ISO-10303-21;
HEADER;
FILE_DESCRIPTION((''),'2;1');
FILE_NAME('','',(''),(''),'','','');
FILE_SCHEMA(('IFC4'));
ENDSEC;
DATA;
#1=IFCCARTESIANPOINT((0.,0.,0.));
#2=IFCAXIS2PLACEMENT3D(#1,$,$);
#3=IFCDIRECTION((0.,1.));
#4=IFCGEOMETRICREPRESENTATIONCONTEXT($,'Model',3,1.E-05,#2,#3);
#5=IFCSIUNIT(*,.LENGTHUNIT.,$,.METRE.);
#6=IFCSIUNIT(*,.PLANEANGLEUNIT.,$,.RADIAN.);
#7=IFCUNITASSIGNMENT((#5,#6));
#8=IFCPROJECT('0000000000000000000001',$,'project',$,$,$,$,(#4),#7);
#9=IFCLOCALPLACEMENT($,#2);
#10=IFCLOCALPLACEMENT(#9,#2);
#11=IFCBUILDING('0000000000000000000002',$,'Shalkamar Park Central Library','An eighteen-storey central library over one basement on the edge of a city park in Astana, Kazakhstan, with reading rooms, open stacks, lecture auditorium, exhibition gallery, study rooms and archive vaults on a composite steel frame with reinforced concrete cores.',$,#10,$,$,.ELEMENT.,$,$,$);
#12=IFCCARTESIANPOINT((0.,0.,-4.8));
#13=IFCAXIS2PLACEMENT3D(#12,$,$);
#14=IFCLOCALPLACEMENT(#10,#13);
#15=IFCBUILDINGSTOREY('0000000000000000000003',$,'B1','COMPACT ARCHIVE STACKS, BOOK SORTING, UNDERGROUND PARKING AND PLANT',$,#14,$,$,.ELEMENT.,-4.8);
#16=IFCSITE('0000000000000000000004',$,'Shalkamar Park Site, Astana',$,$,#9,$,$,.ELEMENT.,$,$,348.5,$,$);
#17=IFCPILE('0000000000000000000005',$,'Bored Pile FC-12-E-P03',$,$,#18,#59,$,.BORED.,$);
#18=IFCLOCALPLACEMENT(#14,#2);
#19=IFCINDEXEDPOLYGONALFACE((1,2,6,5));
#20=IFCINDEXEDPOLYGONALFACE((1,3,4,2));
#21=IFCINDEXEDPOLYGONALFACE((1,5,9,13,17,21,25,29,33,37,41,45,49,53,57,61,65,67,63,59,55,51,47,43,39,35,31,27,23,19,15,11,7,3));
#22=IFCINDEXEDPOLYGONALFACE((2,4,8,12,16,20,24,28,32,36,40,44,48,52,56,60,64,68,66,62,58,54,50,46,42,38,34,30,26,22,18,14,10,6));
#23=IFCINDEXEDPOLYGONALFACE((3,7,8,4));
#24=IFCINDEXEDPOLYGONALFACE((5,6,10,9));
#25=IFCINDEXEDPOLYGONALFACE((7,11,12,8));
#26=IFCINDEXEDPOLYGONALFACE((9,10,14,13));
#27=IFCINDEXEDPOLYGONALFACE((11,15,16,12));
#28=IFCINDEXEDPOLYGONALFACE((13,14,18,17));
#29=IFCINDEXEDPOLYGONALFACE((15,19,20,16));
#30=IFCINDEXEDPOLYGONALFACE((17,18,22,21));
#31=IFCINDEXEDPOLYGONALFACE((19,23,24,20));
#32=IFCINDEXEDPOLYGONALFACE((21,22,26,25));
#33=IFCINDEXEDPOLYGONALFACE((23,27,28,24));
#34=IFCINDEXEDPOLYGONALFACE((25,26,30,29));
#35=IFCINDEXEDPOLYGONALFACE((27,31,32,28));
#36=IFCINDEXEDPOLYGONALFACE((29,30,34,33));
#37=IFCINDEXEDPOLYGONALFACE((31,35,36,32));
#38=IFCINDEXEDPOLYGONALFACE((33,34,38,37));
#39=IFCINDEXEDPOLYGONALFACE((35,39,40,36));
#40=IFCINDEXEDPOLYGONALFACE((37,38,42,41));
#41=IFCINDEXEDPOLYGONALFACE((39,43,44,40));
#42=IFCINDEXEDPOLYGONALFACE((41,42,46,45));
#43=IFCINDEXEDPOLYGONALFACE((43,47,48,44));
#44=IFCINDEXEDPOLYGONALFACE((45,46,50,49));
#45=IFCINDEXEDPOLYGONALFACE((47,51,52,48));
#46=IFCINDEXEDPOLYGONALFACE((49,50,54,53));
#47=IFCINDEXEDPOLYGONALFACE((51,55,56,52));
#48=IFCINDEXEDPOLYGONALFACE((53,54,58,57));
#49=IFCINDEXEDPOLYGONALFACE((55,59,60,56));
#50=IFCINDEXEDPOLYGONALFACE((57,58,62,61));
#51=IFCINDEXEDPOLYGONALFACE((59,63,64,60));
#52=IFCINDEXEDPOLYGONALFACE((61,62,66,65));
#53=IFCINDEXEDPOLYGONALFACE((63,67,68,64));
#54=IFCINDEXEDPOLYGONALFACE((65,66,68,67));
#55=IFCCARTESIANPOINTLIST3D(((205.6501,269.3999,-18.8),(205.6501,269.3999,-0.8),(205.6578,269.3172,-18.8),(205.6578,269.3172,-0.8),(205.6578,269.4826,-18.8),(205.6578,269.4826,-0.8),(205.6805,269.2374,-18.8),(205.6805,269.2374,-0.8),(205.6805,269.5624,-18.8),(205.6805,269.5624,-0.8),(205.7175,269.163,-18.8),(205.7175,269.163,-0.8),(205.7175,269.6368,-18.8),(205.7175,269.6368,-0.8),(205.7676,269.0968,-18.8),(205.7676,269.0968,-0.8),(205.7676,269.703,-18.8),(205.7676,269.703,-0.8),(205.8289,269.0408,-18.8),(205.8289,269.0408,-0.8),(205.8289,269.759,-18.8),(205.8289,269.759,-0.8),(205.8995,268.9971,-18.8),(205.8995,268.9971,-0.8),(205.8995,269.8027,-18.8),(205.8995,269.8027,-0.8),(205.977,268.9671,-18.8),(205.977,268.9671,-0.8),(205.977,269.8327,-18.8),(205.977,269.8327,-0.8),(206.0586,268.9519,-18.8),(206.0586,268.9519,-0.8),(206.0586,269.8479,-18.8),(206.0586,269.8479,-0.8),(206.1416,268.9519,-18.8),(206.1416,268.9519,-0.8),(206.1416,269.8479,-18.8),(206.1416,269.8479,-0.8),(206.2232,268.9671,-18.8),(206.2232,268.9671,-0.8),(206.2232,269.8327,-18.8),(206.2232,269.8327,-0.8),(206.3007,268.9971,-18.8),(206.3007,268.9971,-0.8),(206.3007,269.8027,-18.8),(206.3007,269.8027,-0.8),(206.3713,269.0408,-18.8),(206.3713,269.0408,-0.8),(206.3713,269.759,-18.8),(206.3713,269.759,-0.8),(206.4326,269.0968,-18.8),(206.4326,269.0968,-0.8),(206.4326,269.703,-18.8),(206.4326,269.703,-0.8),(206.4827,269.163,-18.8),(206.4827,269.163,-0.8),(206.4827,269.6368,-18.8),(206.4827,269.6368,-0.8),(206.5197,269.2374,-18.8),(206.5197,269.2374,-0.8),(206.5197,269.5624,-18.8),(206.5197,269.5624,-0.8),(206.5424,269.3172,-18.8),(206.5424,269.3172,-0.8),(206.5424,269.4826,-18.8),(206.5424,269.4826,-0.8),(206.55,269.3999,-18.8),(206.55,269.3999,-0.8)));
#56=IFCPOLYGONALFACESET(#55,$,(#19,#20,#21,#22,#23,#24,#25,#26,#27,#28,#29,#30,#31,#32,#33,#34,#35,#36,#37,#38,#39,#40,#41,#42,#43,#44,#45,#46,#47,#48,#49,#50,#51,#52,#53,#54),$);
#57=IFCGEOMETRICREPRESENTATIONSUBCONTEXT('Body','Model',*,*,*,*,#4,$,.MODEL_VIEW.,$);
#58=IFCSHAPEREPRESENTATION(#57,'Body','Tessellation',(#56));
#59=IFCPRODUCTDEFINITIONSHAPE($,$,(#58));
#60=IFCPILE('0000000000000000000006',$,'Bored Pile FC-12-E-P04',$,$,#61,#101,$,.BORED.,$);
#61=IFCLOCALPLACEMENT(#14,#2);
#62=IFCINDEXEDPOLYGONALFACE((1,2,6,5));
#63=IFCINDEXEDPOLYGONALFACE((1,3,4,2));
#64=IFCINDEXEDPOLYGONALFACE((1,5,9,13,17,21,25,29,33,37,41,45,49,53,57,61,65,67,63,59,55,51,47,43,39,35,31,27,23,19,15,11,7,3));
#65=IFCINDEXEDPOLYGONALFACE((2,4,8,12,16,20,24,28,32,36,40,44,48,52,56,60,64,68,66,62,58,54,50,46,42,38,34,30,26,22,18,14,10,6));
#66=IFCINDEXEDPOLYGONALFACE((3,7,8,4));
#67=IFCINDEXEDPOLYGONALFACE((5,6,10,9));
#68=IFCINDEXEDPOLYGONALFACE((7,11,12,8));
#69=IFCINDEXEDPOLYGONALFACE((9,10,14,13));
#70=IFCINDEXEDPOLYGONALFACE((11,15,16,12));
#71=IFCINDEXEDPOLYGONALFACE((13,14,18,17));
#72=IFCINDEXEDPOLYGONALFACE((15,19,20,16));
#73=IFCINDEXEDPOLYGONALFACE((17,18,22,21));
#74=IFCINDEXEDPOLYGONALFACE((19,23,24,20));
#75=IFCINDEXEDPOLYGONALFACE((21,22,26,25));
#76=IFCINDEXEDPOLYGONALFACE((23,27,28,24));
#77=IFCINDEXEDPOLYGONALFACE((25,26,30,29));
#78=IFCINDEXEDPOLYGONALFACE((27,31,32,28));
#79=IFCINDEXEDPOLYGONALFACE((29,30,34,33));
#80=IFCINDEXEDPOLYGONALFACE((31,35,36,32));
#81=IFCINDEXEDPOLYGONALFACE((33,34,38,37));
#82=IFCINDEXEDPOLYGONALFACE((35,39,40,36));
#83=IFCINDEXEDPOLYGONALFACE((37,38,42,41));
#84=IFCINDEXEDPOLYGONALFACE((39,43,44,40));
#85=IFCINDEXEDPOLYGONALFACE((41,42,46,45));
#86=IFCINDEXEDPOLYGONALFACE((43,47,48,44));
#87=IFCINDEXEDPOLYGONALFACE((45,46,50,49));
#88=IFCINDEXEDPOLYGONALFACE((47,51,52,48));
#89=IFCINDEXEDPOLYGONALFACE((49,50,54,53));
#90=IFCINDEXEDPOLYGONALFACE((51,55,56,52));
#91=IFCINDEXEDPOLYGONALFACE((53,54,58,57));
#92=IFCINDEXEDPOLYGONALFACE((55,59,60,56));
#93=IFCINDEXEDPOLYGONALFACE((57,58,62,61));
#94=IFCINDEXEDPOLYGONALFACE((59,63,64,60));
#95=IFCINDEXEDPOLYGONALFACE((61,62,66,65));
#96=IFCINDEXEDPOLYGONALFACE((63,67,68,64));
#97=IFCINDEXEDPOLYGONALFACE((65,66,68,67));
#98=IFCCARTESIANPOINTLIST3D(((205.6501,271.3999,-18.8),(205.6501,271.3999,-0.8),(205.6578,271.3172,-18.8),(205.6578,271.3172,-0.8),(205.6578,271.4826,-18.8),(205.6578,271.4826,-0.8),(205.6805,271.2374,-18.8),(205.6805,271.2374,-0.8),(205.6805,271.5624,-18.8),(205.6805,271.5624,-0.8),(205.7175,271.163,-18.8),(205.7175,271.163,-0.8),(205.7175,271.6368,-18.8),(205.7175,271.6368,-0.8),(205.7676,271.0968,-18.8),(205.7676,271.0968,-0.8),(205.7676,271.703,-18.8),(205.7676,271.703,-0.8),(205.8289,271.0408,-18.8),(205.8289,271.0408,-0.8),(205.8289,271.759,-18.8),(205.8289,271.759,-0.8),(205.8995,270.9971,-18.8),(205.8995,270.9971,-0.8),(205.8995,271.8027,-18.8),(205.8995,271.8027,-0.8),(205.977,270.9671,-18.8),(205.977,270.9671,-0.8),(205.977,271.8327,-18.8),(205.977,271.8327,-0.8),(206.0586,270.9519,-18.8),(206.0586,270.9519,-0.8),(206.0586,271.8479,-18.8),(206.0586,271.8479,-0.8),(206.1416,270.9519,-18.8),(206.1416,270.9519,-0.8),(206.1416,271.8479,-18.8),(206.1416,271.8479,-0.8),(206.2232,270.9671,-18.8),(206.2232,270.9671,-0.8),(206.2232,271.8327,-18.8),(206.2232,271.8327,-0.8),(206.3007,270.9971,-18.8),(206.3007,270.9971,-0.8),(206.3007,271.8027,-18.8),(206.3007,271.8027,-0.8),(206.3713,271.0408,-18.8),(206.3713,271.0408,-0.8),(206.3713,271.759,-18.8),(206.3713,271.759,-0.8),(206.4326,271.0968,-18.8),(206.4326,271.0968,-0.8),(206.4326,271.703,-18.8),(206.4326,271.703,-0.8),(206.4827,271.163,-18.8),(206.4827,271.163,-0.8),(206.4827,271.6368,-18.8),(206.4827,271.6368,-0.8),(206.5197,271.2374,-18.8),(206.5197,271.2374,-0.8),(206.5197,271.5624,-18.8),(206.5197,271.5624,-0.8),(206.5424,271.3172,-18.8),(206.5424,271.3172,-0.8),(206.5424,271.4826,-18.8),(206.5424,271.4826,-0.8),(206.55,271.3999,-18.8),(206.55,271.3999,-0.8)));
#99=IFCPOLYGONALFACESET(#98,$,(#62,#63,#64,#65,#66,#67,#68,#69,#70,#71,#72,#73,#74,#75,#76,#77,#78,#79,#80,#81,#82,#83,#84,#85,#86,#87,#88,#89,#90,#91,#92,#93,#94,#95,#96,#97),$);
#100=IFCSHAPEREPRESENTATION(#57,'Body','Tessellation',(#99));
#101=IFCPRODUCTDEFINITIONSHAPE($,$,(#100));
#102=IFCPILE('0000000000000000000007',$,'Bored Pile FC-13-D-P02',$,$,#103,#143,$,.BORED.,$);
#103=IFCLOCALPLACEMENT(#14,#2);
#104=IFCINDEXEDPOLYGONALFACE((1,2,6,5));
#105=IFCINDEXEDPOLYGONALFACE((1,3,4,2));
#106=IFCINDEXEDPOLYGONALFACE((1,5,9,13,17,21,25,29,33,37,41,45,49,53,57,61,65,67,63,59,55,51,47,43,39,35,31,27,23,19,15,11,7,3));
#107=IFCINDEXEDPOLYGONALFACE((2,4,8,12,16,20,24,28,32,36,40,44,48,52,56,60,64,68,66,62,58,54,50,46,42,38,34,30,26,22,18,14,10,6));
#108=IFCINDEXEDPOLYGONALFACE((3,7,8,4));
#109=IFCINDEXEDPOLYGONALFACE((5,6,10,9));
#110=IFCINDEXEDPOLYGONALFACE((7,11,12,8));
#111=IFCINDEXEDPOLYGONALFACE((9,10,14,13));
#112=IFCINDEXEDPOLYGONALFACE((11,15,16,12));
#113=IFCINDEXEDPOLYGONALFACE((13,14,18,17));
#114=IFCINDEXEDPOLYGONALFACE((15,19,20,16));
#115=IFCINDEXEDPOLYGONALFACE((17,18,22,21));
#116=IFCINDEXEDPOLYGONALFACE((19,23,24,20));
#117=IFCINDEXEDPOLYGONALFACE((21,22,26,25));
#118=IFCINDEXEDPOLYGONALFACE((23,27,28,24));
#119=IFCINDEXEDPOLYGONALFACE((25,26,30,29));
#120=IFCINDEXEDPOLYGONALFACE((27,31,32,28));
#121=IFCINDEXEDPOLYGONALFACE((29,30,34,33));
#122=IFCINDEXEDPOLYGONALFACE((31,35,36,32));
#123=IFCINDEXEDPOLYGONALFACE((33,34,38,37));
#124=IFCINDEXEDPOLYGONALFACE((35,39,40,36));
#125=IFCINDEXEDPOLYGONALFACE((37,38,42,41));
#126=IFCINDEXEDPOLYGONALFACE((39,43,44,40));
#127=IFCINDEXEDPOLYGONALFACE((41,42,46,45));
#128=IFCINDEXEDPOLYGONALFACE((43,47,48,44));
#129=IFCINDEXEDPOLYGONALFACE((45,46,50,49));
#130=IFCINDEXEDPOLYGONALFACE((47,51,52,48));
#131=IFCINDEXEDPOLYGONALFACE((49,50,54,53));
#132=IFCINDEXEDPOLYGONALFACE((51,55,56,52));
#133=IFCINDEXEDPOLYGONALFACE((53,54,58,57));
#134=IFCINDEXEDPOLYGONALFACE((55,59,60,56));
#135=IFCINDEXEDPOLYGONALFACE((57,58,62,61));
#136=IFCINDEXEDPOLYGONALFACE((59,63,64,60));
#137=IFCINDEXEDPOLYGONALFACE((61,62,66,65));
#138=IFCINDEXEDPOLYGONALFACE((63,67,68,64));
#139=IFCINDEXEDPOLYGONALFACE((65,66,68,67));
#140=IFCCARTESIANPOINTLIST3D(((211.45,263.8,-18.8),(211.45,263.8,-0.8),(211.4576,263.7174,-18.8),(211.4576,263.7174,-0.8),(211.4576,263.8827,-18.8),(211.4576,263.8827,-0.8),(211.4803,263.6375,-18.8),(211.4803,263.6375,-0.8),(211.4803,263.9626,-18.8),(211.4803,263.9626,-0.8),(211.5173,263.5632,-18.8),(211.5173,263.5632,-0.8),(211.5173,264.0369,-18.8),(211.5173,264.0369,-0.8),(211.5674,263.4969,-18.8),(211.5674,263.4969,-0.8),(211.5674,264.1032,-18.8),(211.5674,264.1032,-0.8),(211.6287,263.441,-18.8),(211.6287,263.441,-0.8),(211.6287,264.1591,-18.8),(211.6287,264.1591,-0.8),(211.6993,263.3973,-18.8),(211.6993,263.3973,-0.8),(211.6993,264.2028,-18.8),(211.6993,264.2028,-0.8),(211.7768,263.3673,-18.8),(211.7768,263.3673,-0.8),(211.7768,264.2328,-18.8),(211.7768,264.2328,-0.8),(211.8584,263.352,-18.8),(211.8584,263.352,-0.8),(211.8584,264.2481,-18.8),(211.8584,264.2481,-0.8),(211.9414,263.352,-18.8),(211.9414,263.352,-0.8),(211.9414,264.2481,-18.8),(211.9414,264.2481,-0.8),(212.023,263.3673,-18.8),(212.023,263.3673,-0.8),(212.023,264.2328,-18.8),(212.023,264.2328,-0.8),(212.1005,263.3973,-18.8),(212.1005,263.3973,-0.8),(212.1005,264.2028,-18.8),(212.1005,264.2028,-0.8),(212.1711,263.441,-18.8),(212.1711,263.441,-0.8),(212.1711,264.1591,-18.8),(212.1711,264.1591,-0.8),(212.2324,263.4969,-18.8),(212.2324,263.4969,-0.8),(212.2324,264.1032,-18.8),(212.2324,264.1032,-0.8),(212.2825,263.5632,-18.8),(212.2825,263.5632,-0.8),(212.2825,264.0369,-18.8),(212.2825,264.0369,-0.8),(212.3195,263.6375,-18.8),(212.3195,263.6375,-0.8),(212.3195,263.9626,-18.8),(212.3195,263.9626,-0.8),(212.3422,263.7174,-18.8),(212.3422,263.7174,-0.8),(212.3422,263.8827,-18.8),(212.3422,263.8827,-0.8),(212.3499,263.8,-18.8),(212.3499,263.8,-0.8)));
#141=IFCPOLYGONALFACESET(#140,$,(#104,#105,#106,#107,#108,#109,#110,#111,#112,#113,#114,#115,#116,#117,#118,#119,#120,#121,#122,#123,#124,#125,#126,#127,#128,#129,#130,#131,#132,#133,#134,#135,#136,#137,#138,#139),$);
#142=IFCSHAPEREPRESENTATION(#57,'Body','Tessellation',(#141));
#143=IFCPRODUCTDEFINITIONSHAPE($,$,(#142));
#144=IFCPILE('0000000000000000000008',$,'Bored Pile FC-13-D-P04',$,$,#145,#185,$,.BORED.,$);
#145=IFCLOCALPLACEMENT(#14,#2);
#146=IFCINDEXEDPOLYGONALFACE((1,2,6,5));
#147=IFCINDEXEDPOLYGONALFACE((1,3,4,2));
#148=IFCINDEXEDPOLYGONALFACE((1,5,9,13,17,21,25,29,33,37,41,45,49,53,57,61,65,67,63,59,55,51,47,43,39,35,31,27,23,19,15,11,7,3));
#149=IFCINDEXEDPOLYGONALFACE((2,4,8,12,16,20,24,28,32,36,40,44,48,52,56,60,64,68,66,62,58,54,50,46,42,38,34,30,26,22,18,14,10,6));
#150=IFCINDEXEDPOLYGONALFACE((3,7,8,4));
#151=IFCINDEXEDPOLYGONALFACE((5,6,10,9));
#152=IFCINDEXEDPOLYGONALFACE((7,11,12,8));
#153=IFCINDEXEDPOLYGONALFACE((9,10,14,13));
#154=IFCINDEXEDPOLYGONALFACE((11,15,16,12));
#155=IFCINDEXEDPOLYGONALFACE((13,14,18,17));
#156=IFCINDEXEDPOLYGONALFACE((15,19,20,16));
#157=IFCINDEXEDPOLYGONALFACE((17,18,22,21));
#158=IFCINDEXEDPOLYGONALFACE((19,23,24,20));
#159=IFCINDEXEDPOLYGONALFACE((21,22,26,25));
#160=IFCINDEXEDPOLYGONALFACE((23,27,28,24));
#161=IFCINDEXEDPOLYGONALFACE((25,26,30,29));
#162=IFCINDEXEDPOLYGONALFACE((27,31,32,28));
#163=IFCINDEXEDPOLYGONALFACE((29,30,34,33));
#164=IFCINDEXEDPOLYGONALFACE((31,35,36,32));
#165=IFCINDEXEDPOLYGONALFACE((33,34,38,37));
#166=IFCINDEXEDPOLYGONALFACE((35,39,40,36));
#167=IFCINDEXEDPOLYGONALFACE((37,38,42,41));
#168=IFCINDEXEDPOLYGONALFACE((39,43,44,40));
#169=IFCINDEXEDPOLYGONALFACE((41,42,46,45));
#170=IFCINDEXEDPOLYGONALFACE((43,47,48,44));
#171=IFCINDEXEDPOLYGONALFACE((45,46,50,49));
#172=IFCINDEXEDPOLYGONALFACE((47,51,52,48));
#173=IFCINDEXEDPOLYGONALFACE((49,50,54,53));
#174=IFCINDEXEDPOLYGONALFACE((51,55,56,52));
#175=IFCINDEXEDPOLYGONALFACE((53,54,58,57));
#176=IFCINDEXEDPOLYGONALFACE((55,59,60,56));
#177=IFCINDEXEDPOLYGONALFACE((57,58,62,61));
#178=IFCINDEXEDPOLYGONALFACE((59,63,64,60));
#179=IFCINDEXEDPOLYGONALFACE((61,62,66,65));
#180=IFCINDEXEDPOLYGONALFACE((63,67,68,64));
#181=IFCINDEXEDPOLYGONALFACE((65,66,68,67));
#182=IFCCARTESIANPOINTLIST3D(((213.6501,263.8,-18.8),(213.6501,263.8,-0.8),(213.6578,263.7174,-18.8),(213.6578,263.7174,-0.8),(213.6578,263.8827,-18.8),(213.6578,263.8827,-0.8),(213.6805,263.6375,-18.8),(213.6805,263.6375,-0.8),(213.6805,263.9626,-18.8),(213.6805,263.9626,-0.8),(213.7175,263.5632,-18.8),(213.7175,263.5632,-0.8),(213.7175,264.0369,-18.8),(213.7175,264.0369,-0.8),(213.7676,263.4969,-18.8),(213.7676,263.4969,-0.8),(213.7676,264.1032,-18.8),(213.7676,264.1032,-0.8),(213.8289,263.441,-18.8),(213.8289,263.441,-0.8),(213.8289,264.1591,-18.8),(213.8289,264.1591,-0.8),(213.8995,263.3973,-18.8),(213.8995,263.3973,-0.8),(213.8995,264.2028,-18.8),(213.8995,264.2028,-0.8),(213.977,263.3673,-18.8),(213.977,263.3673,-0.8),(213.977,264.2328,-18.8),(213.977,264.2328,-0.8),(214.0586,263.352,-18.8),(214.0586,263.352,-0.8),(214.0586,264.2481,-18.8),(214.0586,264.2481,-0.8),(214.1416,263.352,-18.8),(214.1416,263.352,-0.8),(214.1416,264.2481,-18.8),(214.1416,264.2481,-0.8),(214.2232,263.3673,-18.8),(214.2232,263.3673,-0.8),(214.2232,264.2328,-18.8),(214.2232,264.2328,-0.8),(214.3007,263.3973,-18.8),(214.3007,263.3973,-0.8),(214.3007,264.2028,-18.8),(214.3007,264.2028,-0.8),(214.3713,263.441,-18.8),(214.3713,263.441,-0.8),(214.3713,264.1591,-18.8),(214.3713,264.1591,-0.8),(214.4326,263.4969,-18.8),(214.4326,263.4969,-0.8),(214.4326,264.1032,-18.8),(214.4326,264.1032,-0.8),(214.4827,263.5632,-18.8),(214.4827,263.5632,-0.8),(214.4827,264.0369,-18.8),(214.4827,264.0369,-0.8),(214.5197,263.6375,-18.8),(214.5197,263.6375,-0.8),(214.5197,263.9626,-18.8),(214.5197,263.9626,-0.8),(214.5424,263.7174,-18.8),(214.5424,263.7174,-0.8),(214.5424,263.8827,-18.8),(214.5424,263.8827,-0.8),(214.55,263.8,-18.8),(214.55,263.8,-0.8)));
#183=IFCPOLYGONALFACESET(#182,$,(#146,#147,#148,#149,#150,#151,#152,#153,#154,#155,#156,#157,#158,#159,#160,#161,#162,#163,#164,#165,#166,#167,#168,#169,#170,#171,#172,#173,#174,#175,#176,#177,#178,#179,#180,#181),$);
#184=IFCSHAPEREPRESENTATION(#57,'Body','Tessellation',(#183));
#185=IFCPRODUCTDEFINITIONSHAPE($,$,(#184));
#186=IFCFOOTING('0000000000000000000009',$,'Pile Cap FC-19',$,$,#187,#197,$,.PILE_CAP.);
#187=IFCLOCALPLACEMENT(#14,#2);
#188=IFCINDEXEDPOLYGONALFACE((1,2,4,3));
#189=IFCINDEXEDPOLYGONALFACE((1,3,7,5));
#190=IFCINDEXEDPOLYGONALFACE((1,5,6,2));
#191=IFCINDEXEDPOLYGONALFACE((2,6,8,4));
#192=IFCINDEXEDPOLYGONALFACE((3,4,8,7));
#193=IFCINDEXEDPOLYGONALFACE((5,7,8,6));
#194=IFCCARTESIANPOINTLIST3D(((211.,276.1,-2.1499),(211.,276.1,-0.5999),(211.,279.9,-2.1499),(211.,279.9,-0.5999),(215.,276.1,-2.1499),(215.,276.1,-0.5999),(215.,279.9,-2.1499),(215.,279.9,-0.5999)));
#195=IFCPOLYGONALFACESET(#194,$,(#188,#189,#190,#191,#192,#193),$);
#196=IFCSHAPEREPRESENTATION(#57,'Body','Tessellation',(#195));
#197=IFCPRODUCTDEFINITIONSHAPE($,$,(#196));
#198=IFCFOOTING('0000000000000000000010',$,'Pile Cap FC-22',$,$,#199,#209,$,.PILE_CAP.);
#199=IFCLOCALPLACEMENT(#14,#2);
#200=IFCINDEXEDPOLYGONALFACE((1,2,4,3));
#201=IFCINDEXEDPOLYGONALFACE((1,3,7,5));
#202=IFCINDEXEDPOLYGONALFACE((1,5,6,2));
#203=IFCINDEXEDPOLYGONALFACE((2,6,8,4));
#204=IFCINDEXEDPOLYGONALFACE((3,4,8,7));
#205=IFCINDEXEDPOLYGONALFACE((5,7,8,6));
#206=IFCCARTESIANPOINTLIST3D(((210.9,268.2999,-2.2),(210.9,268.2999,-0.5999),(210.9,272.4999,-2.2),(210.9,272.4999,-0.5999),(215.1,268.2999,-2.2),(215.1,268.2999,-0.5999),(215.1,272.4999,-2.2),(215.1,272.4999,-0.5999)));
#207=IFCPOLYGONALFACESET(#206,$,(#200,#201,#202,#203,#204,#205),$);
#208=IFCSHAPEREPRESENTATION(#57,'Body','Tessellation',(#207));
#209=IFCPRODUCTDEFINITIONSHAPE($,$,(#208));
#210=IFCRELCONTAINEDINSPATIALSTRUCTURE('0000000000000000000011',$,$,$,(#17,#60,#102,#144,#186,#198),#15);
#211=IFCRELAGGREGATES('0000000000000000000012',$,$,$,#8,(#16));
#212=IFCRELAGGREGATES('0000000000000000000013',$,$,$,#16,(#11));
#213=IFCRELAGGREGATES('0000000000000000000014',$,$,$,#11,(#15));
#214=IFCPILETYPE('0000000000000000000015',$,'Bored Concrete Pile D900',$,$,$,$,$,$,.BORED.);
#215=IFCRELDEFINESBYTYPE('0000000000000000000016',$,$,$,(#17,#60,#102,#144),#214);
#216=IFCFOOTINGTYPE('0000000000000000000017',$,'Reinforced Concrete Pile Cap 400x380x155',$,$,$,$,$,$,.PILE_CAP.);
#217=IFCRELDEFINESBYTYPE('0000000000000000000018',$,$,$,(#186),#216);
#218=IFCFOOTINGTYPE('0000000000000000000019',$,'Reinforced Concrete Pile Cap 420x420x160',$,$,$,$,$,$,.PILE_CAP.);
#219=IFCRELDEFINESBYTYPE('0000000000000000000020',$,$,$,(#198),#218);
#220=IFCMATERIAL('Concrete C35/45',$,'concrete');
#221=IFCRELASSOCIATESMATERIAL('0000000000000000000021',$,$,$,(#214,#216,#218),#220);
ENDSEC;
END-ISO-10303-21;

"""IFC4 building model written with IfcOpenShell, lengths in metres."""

from ifc_helpers import new_model, si_unit, direction, frame, origin, origin_2d, place, context, subcontext, project, spatial, rectangle, circle, extrude, material, material_profile, profile_set, type_object, element, save


model = new_model("IFC4")

# Units and contexts
model_context = context("Model", 3, precision=1e-05, world=origin(), true_north=direction((0.0, 1.0)))
body_context = subcontext(model_context, "Body", "Model", "MODEL_VIEW")
ifc_project = project(units=[si_unit("LENGTHUNIT", "METRE"), si_unit("PLANEANGLEUNIT", "RADIAN")], contexts=[model_context])

# Site, building, storey
site_placement = place(None, origin())
site = spatial("IfcSite", under=ifc_project, at=site_placement, Name="Shalkamar Park Site, Astana", CompositionType="ELEMENT", RefElevation=348.5)
building_placement = place(site_placement, origin())
building = spatial("IfcBuilding", under=site, at=building_placement, Name="Shalkamar Park Central Library", Description="An eighteen-storey central library over one basement on the edge of a city park in Astana, Kazakhstan, with reading rooms, open stacks, lecture auditorium, exhibition gallery, study rooms and archive vaults on a composite steel frame with reinforced concrete cores.", CompositionType="ELEMENT")
storey_placement = place(building_placement, frame((0.0, 0.0, -4.8)))
storey = spatial("IfcBuildingStorey", under=building, at=storey_placement, Name="B1", Description="COMPACT ARCHIVE STACKS, BOOK SORTING, UNDERGROUND PARKING AND PLANT", CompositionType="ELEMENT", Elevation=-4.8)

# Piles
ifc_material_1 = material(Name="Concrete C35/45", Category="concrete")
ifc_material_profile_1 = material_profile(ifc_material_1, circle(Radius=0.45, at=origin_2d()), Name="PILE D900")
ifc_profile_set_1 = profile_set([ifc_material_profile_1], Name="Concrete C35/45")
pile_type_1 = type_object("IfcPileType", Name="Bored Concrete Pile D900", PredefinedType="BORED", material=ifc_profile_set_1)
for number, where, z_axis, x_axis, name in (
    (1, (206.1001, 269.3999, -0.8), (0.0, 0.0, -1.0), (1.0, 0.0, 0.0), "Bored Pile FC-12-E-P03"),
    (2, (206.1001, 271.3999, -0.8), (0.0, 0.0, -1.0), (1.0, 0.0, 0.0), "Bored Pile FC-12-E-P04"),
    (3, (211.8999, 263.8, -0.8), (0.0, 0.0, -1.0), (1.0, 0.0, 0.0), "Bored Pile FC-13-D-P02"),
    (4, (214.1001, 263.8, -0.8), (0.0, 0.0, -1.0), (1.0, 0.0, 0.0), "Bored Pile FC-13-D-P04"),
):
    element("IfcPile", number, at=place(storey_placement, frame(where, z_axis=z_axis, x_axis=x_axis)), inside=storey, type_object=pile_type_1, Name=name, PredefinedType="BORED", context=body_context, shape_type="SweptSolid", body=[
        extrude(circle(Radius=0.45, at=origin_2d()), origin(), (0.0, 0.0, 1.0), 18.0),
    ])

# Footings
footing_type_1 = type_object("IfcFootingType", Name="Reinforced Concrete Pile Cap 400x380x155", PredefinedType="PILE_CAP", material=ifc_material_1)
footing_1_placement = place(storey_placement, frame((213.0, 278.0, -2.1499), z_axis=(0.0, 0.0, 1.0), x_axis=(1.0, 0.0, 0.0)))
element("IfcFooting", 5, at=footing_1_placement, inside=storey, type_object=footing_type_1, Name="Pile Cap FC-19", PredefinedType="PILE_CAP", context=body_context, shape_type="SweptSolid", body=[
    extrude(rectangle(XDim=4.0, YDim=3.8, at=origin_2d()), origin(), (0.0, 0.0, 1.0), 1.55),
])
footing_type_2 = type_object("IfcFootingType", Name="Reinforced Concrete Pile Cap 420x420x160", PredefinedType="PILE_CAP", material=ifc_material_1)
footing_2_placement = place(storey_placement, frame((213.0, 270.3999, -2.2), z_axis=(0.0, 0.0, 1.0), x_axis=(1.0, 0.0, 0.0)))
element("IfcFooting", 6, at=footing_2_placement, inside=storey, type_object=footing_type_2, Name="Pile Cap FC-22", PredefinedType="PILE_CAP", context=body_context, shape_type="SweptSolid", body=[
    extrude(rectangle(XDim=4.2, YDim=4.2, at=origin_2d()), origin(), (0.0, 0.0, 1.0), 1.6001),
])

save(model, "model.ifc")
